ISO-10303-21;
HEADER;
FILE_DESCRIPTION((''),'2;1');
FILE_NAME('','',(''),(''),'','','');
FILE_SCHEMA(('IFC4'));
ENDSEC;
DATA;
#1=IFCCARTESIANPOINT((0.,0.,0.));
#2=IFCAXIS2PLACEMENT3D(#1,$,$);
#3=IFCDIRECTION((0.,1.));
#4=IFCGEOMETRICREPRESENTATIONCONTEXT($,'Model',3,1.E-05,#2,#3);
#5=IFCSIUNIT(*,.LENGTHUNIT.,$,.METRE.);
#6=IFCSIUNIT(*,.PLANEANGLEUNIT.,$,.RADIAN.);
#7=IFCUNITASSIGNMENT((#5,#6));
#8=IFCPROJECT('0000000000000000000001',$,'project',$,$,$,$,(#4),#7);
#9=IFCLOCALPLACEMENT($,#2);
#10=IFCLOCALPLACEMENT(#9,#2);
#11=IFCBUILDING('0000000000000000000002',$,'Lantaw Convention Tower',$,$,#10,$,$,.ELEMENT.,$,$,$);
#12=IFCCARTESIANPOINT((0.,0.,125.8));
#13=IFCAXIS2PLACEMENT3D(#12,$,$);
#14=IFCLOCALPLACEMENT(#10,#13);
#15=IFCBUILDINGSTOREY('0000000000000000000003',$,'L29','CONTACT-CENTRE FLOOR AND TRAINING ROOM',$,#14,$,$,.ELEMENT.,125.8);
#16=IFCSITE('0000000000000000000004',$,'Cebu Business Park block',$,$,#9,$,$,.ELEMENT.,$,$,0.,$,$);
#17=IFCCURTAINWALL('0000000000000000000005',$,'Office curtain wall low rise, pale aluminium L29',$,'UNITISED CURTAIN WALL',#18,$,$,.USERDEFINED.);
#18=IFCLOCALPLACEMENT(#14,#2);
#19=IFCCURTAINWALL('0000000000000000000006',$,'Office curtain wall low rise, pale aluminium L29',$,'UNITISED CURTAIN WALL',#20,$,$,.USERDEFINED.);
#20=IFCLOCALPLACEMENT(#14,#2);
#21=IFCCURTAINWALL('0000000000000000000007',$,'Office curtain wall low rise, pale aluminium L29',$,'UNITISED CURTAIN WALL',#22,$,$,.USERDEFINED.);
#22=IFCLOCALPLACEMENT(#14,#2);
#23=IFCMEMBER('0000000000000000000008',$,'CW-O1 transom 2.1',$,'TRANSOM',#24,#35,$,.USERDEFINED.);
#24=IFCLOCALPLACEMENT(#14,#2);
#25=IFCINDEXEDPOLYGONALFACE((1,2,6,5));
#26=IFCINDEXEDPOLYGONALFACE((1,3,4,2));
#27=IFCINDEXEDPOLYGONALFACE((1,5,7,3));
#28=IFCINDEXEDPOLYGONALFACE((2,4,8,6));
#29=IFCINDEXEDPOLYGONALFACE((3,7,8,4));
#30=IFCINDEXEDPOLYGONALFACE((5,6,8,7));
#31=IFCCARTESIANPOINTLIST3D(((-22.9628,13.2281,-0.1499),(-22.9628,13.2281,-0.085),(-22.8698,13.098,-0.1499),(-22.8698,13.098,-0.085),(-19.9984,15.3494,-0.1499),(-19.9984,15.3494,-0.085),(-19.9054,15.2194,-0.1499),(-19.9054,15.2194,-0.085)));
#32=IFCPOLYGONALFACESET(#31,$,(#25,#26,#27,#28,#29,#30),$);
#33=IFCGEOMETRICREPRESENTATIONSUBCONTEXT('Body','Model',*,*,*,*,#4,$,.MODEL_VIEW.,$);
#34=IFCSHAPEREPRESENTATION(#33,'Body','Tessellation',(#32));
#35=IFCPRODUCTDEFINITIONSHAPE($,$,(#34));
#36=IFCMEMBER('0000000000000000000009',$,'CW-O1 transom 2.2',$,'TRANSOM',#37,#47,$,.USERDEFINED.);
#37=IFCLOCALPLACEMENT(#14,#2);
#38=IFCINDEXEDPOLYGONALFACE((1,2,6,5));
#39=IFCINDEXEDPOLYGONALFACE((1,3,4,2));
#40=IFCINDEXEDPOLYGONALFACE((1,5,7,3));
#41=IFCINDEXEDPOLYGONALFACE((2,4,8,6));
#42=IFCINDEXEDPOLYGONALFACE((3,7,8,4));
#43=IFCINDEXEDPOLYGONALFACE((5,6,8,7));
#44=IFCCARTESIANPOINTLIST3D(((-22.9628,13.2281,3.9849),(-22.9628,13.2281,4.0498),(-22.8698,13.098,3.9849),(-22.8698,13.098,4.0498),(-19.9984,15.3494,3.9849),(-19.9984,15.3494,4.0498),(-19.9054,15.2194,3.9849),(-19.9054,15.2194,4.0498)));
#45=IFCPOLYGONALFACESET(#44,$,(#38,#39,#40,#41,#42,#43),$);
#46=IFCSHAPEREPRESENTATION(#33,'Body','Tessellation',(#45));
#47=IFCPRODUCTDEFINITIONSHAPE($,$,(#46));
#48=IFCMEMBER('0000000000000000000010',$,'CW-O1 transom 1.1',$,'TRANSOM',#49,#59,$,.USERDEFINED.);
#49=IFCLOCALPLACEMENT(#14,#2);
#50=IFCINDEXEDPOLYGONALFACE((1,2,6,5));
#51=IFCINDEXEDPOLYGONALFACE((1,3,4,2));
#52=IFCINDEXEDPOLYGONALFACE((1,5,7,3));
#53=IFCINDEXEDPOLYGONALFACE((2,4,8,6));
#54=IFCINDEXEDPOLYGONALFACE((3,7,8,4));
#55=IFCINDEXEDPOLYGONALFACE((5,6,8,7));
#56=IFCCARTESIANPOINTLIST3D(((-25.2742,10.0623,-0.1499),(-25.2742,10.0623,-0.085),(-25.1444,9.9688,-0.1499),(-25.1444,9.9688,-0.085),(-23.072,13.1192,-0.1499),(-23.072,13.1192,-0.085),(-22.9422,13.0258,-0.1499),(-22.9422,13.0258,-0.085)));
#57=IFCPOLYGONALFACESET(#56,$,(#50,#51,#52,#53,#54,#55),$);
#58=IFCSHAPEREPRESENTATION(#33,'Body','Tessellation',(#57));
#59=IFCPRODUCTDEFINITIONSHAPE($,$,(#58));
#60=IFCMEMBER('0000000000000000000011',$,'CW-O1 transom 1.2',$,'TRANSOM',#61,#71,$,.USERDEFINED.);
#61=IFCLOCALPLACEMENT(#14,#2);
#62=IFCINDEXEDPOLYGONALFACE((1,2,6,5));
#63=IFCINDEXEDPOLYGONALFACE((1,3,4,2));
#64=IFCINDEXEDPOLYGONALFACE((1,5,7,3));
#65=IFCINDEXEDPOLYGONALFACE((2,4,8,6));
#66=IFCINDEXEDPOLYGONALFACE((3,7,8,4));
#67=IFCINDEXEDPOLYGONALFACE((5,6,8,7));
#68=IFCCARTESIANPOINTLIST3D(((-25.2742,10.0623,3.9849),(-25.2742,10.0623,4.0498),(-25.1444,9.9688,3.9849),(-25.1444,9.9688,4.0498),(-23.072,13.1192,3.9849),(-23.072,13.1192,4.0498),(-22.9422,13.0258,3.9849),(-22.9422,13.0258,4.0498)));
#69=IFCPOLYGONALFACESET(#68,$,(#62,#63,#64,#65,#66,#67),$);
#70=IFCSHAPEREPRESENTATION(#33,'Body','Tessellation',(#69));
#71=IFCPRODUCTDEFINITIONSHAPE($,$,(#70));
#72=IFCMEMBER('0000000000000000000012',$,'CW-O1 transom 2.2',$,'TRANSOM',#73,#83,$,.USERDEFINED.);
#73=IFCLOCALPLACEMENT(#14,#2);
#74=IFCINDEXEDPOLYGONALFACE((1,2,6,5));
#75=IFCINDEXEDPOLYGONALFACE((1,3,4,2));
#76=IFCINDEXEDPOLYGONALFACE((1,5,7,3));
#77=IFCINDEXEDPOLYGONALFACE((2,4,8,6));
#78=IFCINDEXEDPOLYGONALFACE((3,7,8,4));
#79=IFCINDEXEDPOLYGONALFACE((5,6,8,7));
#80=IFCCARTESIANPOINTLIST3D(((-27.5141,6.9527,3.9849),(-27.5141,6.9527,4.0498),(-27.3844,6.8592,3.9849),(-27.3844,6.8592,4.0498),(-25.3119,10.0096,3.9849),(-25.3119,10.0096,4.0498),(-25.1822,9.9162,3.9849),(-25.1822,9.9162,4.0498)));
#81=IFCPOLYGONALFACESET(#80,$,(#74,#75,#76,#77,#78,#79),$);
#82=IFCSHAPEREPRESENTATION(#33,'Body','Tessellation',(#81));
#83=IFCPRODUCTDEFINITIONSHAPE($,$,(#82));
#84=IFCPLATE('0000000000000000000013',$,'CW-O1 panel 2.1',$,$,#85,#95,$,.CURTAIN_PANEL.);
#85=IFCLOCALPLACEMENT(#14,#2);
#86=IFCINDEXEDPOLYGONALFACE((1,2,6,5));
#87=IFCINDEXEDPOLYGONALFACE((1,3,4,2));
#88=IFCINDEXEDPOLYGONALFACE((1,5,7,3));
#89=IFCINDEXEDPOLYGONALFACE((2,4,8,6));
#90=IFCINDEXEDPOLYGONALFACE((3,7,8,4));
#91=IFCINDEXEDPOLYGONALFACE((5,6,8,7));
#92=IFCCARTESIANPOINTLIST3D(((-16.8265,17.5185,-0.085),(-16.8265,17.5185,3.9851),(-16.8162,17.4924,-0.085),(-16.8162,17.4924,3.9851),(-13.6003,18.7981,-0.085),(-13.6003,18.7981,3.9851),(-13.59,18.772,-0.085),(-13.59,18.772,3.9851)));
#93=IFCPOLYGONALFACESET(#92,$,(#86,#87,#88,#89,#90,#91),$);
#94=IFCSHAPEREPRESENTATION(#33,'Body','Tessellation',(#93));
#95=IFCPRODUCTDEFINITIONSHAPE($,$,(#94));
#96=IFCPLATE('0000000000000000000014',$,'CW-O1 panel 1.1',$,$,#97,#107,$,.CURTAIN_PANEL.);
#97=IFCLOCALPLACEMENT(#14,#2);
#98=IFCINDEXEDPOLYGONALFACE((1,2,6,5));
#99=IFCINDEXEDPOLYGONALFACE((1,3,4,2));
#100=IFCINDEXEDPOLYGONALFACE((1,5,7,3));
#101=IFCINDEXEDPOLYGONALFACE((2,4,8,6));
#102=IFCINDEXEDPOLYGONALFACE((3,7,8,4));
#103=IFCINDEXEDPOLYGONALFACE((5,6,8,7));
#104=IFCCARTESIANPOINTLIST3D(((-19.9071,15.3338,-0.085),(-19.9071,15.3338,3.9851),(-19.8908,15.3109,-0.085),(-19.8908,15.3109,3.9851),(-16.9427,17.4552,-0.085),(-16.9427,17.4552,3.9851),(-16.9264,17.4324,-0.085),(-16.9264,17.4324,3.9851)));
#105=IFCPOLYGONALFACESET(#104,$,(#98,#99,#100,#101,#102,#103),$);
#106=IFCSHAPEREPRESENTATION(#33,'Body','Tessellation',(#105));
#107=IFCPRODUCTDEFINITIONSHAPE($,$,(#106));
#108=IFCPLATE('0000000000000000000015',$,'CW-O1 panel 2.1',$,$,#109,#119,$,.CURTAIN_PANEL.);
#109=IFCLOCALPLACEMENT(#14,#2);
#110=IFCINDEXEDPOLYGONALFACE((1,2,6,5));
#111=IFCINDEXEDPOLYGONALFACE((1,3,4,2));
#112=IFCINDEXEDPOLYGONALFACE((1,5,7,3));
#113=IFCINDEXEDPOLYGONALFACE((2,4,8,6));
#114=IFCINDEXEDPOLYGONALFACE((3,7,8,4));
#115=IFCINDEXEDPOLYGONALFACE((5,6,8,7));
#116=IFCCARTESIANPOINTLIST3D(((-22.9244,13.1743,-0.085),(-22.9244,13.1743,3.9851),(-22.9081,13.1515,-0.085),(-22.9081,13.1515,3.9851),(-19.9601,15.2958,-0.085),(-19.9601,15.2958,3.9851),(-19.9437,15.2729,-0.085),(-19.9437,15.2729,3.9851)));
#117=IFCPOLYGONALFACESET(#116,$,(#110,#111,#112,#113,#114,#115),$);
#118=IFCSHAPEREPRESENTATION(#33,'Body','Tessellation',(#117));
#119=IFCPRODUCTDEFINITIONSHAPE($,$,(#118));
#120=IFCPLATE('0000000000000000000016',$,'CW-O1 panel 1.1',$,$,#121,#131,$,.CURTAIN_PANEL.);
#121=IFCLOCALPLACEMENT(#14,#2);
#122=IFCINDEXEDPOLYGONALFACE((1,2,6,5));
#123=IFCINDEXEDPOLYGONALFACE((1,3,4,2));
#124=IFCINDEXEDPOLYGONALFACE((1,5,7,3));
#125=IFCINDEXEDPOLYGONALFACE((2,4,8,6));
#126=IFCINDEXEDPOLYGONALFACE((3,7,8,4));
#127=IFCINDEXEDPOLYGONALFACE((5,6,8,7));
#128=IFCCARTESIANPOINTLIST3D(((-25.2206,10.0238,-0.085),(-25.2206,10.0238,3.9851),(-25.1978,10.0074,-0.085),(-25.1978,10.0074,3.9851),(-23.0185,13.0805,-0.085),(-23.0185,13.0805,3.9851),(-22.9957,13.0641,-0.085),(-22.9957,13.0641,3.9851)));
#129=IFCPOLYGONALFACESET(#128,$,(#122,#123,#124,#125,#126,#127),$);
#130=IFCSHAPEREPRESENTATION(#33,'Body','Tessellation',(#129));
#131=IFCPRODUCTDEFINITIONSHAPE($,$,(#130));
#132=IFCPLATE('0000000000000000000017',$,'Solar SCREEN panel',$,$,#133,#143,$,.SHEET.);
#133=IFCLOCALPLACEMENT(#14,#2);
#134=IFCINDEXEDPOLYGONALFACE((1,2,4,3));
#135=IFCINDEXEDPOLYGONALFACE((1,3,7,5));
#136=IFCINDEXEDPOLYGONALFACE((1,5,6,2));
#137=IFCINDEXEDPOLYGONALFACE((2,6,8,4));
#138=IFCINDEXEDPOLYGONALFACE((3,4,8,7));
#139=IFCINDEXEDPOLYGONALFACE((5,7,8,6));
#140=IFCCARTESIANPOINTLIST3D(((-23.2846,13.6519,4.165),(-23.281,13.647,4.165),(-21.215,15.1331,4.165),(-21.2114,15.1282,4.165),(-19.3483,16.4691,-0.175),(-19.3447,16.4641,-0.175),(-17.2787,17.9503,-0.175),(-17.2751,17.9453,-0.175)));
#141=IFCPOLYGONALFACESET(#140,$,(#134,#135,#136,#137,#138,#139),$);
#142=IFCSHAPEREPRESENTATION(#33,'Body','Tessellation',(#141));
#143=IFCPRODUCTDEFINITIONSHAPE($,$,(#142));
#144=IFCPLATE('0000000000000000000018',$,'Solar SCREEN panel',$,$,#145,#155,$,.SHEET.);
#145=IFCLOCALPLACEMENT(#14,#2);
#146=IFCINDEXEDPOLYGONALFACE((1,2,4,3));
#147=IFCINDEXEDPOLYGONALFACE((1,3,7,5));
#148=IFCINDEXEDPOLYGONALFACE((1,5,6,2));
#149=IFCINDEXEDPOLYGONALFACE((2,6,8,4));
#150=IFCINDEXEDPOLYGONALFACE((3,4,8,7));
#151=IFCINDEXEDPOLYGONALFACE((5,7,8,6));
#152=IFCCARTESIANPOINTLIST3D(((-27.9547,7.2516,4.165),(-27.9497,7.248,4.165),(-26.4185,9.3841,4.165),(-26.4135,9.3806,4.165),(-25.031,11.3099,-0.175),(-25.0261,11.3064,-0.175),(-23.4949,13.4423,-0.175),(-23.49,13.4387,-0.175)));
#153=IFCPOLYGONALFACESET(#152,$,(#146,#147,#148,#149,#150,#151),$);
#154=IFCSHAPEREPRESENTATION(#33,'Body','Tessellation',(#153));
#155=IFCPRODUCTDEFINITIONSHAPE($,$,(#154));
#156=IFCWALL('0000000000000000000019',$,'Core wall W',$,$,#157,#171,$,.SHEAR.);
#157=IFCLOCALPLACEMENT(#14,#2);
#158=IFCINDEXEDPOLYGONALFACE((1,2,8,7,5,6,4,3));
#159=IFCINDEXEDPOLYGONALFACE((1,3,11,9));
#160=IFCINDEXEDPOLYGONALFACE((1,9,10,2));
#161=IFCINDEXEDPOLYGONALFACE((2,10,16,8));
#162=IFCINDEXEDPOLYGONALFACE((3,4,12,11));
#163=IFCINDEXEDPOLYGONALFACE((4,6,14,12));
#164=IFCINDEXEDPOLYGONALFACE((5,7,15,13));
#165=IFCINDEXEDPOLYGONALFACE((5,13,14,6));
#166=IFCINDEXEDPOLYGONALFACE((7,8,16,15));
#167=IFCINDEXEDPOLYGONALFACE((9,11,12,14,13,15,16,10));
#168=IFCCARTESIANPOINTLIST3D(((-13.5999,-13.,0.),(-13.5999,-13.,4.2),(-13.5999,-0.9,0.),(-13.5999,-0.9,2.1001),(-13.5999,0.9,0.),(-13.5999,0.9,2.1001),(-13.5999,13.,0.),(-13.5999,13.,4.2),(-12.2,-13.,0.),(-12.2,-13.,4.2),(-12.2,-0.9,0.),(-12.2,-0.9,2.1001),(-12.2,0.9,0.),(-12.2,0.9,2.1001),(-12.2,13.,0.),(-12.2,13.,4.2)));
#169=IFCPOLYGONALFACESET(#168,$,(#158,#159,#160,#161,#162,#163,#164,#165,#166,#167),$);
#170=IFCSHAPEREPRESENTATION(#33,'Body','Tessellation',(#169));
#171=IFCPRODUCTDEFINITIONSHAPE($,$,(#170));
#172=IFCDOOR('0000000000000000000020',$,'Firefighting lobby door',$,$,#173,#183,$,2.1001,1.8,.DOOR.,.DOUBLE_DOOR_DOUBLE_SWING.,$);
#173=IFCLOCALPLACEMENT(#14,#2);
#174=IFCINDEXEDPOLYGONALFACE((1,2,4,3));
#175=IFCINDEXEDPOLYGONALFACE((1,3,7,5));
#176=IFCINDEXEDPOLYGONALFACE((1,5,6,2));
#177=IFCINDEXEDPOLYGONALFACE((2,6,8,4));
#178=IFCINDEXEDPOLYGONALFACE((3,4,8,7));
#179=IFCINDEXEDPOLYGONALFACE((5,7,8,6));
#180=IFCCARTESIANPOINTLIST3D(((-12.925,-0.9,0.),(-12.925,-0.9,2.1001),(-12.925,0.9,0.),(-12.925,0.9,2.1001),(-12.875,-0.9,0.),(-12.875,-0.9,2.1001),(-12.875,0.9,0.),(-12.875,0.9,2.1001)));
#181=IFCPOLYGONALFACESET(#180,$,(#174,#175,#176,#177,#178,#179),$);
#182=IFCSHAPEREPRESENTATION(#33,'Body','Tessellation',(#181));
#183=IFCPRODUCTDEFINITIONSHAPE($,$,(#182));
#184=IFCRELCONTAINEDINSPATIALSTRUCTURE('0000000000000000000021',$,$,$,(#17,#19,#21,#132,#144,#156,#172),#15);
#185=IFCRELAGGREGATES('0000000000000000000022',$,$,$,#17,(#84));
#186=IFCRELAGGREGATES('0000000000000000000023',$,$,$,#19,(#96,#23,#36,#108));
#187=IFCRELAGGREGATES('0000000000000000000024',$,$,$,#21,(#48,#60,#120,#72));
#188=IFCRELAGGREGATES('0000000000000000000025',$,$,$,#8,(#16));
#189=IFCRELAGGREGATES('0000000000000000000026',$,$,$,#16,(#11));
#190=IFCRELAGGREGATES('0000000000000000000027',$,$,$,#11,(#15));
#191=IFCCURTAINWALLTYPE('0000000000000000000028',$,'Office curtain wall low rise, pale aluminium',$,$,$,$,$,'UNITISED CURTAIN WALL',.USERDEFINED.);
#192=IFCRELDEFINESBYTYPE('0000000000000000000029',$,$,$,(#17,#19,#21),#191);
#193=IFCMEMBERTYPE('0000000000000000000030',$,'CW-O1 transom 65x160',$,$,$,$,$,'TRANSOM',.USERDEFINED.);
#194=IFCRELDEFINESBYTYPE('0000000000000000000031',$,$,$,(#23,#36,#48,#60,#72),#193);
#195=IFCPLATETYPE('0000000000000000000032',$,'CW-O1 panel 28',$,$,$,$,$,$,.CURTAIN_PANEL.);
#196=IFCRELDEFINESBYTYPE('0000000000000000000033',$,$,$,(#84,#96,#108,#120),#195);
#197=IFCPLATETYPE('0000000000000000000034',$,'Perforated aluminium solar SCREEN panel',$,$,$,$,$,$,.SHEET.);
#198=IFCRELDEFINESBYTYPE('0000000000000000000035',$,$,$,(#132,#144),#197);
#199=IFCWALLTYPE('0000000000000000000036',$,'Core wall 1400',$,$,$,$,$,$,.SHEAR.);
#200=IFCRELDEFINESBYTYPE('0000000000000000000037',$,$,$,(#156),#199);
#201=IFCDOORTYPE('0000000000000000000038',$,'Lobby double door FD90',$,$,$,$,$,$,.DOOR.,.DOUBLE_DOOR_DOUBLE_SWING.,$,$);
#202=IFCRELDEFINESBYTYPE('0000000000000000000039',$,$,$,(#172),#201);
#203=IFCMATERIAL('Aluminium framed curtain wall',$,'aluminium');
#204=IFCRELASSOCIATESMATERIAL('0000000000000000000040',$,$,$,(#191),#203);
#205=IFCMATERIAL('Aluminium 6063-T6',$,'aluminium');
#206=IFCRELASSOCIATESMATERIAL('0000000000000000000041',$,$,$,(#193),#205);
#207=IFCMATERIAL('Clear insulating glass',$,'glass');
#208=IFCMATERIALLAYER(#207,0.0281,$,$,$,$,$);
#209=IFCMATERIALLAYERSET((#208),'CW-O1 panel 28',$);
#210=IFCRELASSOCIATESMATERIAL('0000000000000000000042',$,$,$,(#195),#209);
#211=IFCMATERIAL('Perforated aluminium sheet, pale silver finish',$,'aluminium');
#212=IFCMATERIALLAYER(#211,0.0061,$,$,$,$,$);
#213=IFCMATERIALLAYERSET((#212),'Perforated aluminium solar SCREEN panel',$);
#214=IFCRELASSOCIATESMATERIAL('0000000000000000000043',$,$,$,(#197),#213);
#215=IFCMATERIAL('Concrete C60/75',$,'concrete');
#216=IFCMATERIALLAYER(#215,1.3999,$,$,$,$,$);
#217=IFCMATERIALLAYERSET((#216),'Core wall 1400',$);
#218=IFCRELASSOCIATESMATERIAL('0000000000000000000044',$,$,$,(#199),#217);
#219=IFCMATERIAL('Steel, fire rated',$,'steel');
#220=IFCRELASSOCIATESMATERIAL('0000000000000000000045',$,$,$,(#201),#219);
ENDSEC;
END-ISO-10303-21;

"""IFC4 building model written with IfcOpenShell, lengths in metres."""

from ifc_helpers import new_model, si_unit, direction, frame, frame_2d, origin, origin_2d, place, context, subcontext, project, spatial, polyline, rectangle, outline, extrude, material, layer, layer_set, material_profile, profile_set, type_object, element, fill, aggregate, save


model = new_model("IFC4")

# Units and contexts
model_context = context("Model", 3, precision=1e-05, world=origin(), true_north=direction((0.0, 1.0)))
body_context = subcontext(model_context, "Body", "Model", "MODEL_VIEW")
ifc_project = project(units=[si_unit("LENGTHUNIT", "METRE"), si_unit("PLANEANGLEUNIT", "RADIAN")], contexts=[model_context])

# Site, building, storey
site_placement = place(None, origin())
site = spatial("IfcSite", under=ifc_project, at=site_placement, Name="Cebu Business Park block", CompositionType="ELEMENT", RefElevation=0.0)
building_placement = place(site_placement, origin())
building = spatial("IfcBuilding", under=site, at=building_placement, Name="Lantaw Convention Tower", CompositionType="ELEMENT")
storey_placement = place(building_placement, frame((0.0, 0.0, 125.8)))
storey = spatial("IfcBuildingStorey", under=building, at=storey_placement, Name="L29", Description="CONTACT-CENTRE FLOOR AND TRAINING ROOM", CompositionType="ELEMENT", Elevation=125.8)

# Shared definitions
ifc_material_1 = material(Name="Concrete C60/75", Category="concrete")

# Curtain walls
ifc_material_2 = material(Name="Aluminium framed curtain wall", Category="aluminium")
curtain_wall_type = type_object("IfcCurtainWallType", Name="Office curtain wall low rise, pale aluminium", ElementType="UNITISED CURTAIN WALL", PredefinedType="USERDEFINED", material=ifc_material_2)
curtain_wall_1_placement = place(storey_placement, origin())
curtain_wall_1 = element("IfcCurtainWall", 1, at=curtain_wall_1_placement, inside=storey, type_object=curtain_wall_type, Name="Office curtain wall low rise, pale aluminium L29", ObjectType="UNITISED CURTAIN WALL", PredefinedType="USERDEFINED")
ifc_material_3 = material(Name="Aluminium 6063-T6", Category="aluminium")
curtain_wall_2_placement = place(storey_placement, origin())
curtain_wall_2 = element("IfcCurtainWall", 2, at=curtain_wall_2_placement, inside=storey, type_object=curtain_wall_type, Name="Office curtain wall low rise, pale aluminium L29", ObjectType="UNITISED CURTAIN WALL", PredefinedType="USERDEFINED")
curtain_wall_3_placement = place(storey_placement, origin())
curtain_wall_3 = element("IfcCurtainWall", 3, at=curtain_wall_3_placement, inside=storey, type_object=curtain_wall_type, Name="Office curtain wall low rise, pale aluminium L29", ObjectType="UNITISED CURTAIN WALL", PredefinedType="USERDEFINED")

# Members
ifc_material_profile_1 = material_profile(ifc_material_3, rectangle(XDim=0.1599, YDim=0.0649, at=origin_2d()), Name="CW-O1 transom 65x160")
ifc_profile_set_1 = profile_set([ifc_material_profile_1], Name="Aluminium 6063-T6")
member_type_1 = type_object("IfcMemberType", Name="CW-O1 transom 65x160", ElementType="TRANSOM", PredefinedType="USERDEFINED", material=ifc_profile_set_1)
member_1_placement = place(storey_placement, frame((-19.9519, 15.2844, -0.1174), z_axis=(-0.813222, -0.581954, 0.0), x_axis=(0.581954, -0.813222, 0.0)))
member_1 = element("IfcMember", 4, at=member_1_placement, type_object=member_type_1, Name="CW-O1 transom 2.1", ObjectType="TRANSOM", PredefinedType="USERDEFINED", context=body_context, shape_type="SweptSolid", body=[
    extrude(rectangle(XDim=0.1599, YDim=0.0649, at=origin_2d()), origin(), (0.0, 0.0, 1.0), 3.6453),
])
member_2_placement = place(storey_placement, frame((-19.9519, 15.2844, 4.0173), z_axis=(-0.813222, -0.581954, 0.0), x_axis=(0.581954, -0.813222, 0.0)))
member_2 = element("IfcMember", 5, at=member_2_placement, type_object=member_type_1, Name="CW-O1 transom 2.2", ObjectType="TRANSOM", PredefinedType="USERDEFINED", context=body_context, shape_type="SweptSolid", body=[
    extrude(rectangle(XDim=0.1599, YDim=0.0649, at=origin_2d()), origin(), (0.0, 0.0, 1.0), 3.6453),
])
member_3_placement = place(storey_placement, frame((-23.0071, 13.0725, -0.1174), z_axis=(-0.584513, -0.811384, 0.0), x_axis=(0.811384, -0.584513, 0.0)))
member_3 = element("IfcMember", 6, at=member_3_placement, type_object=member_type_1, Name="CW-O1 transom 1.1", ObjectType="TRANSOM", PredefinedType="USERDEFINED", context=body_context, shape_type="SweptSolid", body=[
    extrude(rectangle(XDim=0.1599, YDim=0.0649, at=origin_2d()), origin(), (0.0, 0.0, 1.0), 3.7676),
])
member_4_placement = place(storey_placement, frame((-23.0071, 13.0725, 4.0173), z_axis=(-0.584513, -0.811384, 0.0), x_axis=(0.811384, -0.584513, 0.0)))
member_4 = element("IfcMember", 7, at=member_4_placement, type_object=member_type_1, Name="CW-O1 transom 1.2", ObjectType="TRANSOM", PredefinedType="USERDEFINED", context=body_context, shape_type="SweptSolid", body=[
    extrude(rectangle(XDim=0.1599, YDim=0.0649, at=origin_2d()), origin(), (0.0, 0.0, 1.0), 3.7676),
])
member_5_placement = place(storey_placement, frame((-25.2471, 9.9629, 4.0173), z_axis=(-0.584513, -0.811384, 0.0), x_axis=(0.811384, -0.584513, 0.0)))
member_5 = element("IfcMember", 8, at=member_5_placement, type_object=member_type_1, Name="CW-O1 transom 2.2", ObjectType="TRANSOM", PredefinedType="USERDEFINED", context=body_context, shape_type="SweptSolid", body=[
    extrude(rectangle(XDim=0.1599, YDim=0.0649, at=origin_2d()), origin(), (0.0, 0.0, 1.0), 3.7676),
])

# Plates
ifc_material_4 = material(Name="Clear insulating glass", Category="glass")
ifc_layer_1 = layer(ifc_material_4, 0.0281)
ifc_layer_set_1 = layer_set([ifc_layer_1], Name="CW-O1 panel 28")
plate_type_1 = type_object("IfcPlateType", Name="CW-O1 panel 28", PredefinedType="CURTAIN_PANEL", material=ifc_layer_set_1)
plate_1_placement = place(storey_placement, frame((-15.2083, 18.1453, -0.085), z_axis=(0.0, 0.0, 1.0), x_axis=(-0.929548, -0.368702, 0.0)))
plate_1 = element("IfcPlate", 9, at=plate_1_placement, type_object=plate_type_1, Name="CW-O1 panel 2.1", PredefinedType="CURTAIN_PANEL", context=body_context, shape_type="SweptSolid", body=[
    extrude(rectangle(XDim=3.4707, YDim=0.0281, at=origin_2d()), origin(), (0.0, 0.0, 1.0), 4.0701),
])
aggregate(curtain_wall_1, [plate_1])
plate_2_placement = place(storey_placement, frame((-18.4167, 16.3831, -0.085), z_axis=(0.0, 0.0, 1.0), x_axis=(-0.813208, -0.581973, 0.0)))
plate_2 = element("IfcPlate", 10, at=plate_2_placement, type_object=plate_type_1, Name="CW-O1 panel 1.1", PredefinedType="CURTAIN_PANEL", context=body_context, shape_type="SweptSolid", body=[
    extrude(rectangle(XDim=3.6453, YDim=0.0281, at=origin_2d()), origin(), (0.0, 0.0, 1.0), 4.0701),
])
plate_3_placement = place(storey_placement, frame((-21.4341, 14.2236, -0.085), z_axis=(0.0, 0.0, 1.0), x_axis=(-0.813208, -0.581973, 0.0)))
plate_3 = element("IfcPlate", 11, at=plate_3_placement, type_object=plate_type_1, Name="CW-O1 panel 2.1", PredefinedType="CURTAIN_PANEL", context=body_context, shape_type="SweptSolid", body=[
    extrude(rectangle(XDim=3.6453, YDim=0.0281, at=origin_2d()), origin(), (0.0, 0.0, 1.0), 4.0701),
])
aggregate(curtain_wall_2, [plate_2, member_1, member_2, plate_3])
plate_4_placement = place(storey_placement, frame((-24.1082, 11.5439, -0.085), z_axis=(0.0, 0.0, 1.0), x_axis=(-0.584513, -0.811385, 0.0)))
plate_4 = element("IfcPlate", 12, at=plate_4_placement, type_object=plate_type_1, Name="CW-O1 panel 1.1", PredefinedType="CURTAIN_PANEL", context=body_context, shape_type="SweptSolid", body=[
    extrude(rectangle(XDim=3.7673, YDim=0.0281, at=origin_2d()), origin(), (0.0, 0.0, 1.0), 4.0701),
])
aggregate(curtain_wall_3, [member_3, member_4, plate_4, member_5])

# Plates
ifc_material_5 = material(Name="Perforated aluminium sheet, pale silver finish", Category="aluminium")
ifc_layer_2 = layer(ifc_material_5, 0.0061)
ifc_layer_set_2 = layer_set([ifc_layer_2], Name="Perforated aluminium solar SCREEN panel")
plate_type_2 = type_object("IfcPlateType", Name="Perforated aluminium solar SCREEN panel", PredefinedType="SHEET", material=ifc_layer_set_2)
plate_5_placement = place(storey_placement, frame((-17.2751, 17.9453, -0.175), z_axis=(0.582, -0.813189, 0.000012), x_axis=(-0.813189, -0.582, 0.0)))
element("IfcPlate", 13, at=plate_5_placement, inside=storey, type_object=plate_type_2, Name="Solar SCREEN panel", PredefinedType="SHEET", context=body_context, shape_type="SweptSolid", body=[
    extrude(outline(polyline([(0.0, 0.0), (2.545, 0.0), (7.3855, -4.3401), (4.8405, -4.3401), (0.0, 0.0)])), origin(), (0.0, 0.0, -1.0), 0.0061),
])
plate_6_placement = place(storey_placement, frame((-23.49, 13.4387, -0.175), z_axis=(0.811395, -0.584498, 0.000036), x_axis=(-0.584498, -0.811395, 0.0)))
element("IfcPlate", 14, at=plate_6_placement, inside=storey, type_object=plate_type_2, Name="Solar SCREEN panel", PredefinedType="SHEET", context=body_context, shape_type="SweptSolid", body=[
    extrude(outline(polyline([(0.0, 0.0), (2.628, 0.0), (7.6298, -4.3401), (5.0016, -4.3401), (0.0, 0.0)])), origin(), (0.0, 0.0, -1.0), 0.0061),
])

# Wall, opening, door
ifc_layer_3 = layer(ifc_material_1, 1.3999)
ifc_layer_set_3 = layer_set([ifc_layer_3], Name="Core wall 1400")
wall_type_1 = type_object("IfcWallType", Name="Core wall 1400", PredefinedType="SHEAR", material=ifc_layer_set_3)
wall_1_placement = place(storey_placement, frame((-12.8999, 13.0, 0.0), z_axis=(0.0, 0.0, 1.0), x_axis=(0.0, -1.0, 0.0)))
wall_1 = element("IfcWall", 15, at=wall_1_placement, inside=storey, type_object=wall_type_1, Name="Core wall W", PredefinedType="SHEAR", context=body_context, shape_type="SweptSolid", body=[
    extrude(rectangle(XDim=26.0, YDim=1.3999, at=frame_2d((13.0, 0.0))), origin(), (0.0, 0.0, 1.0), 4.2),
])
opening_placement = place(wall_1_placement, frame((12.1001, 0.0, 0.0)))
opening = element("IfcOpeningElement", 16, at=opening_placement, cuts=wall_1, PredefinedType="OPENING", context=body_context, shape_type="SweptSolid", body=[
    extrude(rectangle(XDim=1.8, YDim=2.1001, at=frame_2d((0.8999, 1.05))), frame((0.0, 0.71, 0.0), z_axis=(0.0, -1.0, 0.0), x_axis=(1.0, 0.0, 0.0)), (0.0, 0.0, 1.0), 1.4199),
])
ifc_material_6 = material(Name="Steel, fire rated", Category="steel")
door_type = type_object("IfcDoorType", Name="Lobby double door FD90", OperationType="DOUBLE_DOOR_DOUBLE_SWING", PredefinedType="DOOR", material=ifc_material_6)
door_placement = place(opening_placement, origin())
door = element("IfcDoor", 17, at=door_placement, inside=storey, type_object=door_type, Name="Firefighting lobby door", OperationType="DOUBLE_DOOR_DOUBLE_SWING", OverallHeight=2.1001, OverallWidth=1.8, PredefinedType="DOOR", context=body_context, shape_type="SweptSolid", body=[
    extrude(rectangle(XDim=1.8, YDim=2.1001, at=frame_2d((0.8999, 1.05))), frame((0.0, 0.0249, 0.0), z_axis=(0.0, -1.0, 0.0), x_axis=(1.0, 0.0, 0.0)), (0.0, 0.0, 1.0), 0.05),
])
fill(opening, door)

save(model, "model.ifc")
